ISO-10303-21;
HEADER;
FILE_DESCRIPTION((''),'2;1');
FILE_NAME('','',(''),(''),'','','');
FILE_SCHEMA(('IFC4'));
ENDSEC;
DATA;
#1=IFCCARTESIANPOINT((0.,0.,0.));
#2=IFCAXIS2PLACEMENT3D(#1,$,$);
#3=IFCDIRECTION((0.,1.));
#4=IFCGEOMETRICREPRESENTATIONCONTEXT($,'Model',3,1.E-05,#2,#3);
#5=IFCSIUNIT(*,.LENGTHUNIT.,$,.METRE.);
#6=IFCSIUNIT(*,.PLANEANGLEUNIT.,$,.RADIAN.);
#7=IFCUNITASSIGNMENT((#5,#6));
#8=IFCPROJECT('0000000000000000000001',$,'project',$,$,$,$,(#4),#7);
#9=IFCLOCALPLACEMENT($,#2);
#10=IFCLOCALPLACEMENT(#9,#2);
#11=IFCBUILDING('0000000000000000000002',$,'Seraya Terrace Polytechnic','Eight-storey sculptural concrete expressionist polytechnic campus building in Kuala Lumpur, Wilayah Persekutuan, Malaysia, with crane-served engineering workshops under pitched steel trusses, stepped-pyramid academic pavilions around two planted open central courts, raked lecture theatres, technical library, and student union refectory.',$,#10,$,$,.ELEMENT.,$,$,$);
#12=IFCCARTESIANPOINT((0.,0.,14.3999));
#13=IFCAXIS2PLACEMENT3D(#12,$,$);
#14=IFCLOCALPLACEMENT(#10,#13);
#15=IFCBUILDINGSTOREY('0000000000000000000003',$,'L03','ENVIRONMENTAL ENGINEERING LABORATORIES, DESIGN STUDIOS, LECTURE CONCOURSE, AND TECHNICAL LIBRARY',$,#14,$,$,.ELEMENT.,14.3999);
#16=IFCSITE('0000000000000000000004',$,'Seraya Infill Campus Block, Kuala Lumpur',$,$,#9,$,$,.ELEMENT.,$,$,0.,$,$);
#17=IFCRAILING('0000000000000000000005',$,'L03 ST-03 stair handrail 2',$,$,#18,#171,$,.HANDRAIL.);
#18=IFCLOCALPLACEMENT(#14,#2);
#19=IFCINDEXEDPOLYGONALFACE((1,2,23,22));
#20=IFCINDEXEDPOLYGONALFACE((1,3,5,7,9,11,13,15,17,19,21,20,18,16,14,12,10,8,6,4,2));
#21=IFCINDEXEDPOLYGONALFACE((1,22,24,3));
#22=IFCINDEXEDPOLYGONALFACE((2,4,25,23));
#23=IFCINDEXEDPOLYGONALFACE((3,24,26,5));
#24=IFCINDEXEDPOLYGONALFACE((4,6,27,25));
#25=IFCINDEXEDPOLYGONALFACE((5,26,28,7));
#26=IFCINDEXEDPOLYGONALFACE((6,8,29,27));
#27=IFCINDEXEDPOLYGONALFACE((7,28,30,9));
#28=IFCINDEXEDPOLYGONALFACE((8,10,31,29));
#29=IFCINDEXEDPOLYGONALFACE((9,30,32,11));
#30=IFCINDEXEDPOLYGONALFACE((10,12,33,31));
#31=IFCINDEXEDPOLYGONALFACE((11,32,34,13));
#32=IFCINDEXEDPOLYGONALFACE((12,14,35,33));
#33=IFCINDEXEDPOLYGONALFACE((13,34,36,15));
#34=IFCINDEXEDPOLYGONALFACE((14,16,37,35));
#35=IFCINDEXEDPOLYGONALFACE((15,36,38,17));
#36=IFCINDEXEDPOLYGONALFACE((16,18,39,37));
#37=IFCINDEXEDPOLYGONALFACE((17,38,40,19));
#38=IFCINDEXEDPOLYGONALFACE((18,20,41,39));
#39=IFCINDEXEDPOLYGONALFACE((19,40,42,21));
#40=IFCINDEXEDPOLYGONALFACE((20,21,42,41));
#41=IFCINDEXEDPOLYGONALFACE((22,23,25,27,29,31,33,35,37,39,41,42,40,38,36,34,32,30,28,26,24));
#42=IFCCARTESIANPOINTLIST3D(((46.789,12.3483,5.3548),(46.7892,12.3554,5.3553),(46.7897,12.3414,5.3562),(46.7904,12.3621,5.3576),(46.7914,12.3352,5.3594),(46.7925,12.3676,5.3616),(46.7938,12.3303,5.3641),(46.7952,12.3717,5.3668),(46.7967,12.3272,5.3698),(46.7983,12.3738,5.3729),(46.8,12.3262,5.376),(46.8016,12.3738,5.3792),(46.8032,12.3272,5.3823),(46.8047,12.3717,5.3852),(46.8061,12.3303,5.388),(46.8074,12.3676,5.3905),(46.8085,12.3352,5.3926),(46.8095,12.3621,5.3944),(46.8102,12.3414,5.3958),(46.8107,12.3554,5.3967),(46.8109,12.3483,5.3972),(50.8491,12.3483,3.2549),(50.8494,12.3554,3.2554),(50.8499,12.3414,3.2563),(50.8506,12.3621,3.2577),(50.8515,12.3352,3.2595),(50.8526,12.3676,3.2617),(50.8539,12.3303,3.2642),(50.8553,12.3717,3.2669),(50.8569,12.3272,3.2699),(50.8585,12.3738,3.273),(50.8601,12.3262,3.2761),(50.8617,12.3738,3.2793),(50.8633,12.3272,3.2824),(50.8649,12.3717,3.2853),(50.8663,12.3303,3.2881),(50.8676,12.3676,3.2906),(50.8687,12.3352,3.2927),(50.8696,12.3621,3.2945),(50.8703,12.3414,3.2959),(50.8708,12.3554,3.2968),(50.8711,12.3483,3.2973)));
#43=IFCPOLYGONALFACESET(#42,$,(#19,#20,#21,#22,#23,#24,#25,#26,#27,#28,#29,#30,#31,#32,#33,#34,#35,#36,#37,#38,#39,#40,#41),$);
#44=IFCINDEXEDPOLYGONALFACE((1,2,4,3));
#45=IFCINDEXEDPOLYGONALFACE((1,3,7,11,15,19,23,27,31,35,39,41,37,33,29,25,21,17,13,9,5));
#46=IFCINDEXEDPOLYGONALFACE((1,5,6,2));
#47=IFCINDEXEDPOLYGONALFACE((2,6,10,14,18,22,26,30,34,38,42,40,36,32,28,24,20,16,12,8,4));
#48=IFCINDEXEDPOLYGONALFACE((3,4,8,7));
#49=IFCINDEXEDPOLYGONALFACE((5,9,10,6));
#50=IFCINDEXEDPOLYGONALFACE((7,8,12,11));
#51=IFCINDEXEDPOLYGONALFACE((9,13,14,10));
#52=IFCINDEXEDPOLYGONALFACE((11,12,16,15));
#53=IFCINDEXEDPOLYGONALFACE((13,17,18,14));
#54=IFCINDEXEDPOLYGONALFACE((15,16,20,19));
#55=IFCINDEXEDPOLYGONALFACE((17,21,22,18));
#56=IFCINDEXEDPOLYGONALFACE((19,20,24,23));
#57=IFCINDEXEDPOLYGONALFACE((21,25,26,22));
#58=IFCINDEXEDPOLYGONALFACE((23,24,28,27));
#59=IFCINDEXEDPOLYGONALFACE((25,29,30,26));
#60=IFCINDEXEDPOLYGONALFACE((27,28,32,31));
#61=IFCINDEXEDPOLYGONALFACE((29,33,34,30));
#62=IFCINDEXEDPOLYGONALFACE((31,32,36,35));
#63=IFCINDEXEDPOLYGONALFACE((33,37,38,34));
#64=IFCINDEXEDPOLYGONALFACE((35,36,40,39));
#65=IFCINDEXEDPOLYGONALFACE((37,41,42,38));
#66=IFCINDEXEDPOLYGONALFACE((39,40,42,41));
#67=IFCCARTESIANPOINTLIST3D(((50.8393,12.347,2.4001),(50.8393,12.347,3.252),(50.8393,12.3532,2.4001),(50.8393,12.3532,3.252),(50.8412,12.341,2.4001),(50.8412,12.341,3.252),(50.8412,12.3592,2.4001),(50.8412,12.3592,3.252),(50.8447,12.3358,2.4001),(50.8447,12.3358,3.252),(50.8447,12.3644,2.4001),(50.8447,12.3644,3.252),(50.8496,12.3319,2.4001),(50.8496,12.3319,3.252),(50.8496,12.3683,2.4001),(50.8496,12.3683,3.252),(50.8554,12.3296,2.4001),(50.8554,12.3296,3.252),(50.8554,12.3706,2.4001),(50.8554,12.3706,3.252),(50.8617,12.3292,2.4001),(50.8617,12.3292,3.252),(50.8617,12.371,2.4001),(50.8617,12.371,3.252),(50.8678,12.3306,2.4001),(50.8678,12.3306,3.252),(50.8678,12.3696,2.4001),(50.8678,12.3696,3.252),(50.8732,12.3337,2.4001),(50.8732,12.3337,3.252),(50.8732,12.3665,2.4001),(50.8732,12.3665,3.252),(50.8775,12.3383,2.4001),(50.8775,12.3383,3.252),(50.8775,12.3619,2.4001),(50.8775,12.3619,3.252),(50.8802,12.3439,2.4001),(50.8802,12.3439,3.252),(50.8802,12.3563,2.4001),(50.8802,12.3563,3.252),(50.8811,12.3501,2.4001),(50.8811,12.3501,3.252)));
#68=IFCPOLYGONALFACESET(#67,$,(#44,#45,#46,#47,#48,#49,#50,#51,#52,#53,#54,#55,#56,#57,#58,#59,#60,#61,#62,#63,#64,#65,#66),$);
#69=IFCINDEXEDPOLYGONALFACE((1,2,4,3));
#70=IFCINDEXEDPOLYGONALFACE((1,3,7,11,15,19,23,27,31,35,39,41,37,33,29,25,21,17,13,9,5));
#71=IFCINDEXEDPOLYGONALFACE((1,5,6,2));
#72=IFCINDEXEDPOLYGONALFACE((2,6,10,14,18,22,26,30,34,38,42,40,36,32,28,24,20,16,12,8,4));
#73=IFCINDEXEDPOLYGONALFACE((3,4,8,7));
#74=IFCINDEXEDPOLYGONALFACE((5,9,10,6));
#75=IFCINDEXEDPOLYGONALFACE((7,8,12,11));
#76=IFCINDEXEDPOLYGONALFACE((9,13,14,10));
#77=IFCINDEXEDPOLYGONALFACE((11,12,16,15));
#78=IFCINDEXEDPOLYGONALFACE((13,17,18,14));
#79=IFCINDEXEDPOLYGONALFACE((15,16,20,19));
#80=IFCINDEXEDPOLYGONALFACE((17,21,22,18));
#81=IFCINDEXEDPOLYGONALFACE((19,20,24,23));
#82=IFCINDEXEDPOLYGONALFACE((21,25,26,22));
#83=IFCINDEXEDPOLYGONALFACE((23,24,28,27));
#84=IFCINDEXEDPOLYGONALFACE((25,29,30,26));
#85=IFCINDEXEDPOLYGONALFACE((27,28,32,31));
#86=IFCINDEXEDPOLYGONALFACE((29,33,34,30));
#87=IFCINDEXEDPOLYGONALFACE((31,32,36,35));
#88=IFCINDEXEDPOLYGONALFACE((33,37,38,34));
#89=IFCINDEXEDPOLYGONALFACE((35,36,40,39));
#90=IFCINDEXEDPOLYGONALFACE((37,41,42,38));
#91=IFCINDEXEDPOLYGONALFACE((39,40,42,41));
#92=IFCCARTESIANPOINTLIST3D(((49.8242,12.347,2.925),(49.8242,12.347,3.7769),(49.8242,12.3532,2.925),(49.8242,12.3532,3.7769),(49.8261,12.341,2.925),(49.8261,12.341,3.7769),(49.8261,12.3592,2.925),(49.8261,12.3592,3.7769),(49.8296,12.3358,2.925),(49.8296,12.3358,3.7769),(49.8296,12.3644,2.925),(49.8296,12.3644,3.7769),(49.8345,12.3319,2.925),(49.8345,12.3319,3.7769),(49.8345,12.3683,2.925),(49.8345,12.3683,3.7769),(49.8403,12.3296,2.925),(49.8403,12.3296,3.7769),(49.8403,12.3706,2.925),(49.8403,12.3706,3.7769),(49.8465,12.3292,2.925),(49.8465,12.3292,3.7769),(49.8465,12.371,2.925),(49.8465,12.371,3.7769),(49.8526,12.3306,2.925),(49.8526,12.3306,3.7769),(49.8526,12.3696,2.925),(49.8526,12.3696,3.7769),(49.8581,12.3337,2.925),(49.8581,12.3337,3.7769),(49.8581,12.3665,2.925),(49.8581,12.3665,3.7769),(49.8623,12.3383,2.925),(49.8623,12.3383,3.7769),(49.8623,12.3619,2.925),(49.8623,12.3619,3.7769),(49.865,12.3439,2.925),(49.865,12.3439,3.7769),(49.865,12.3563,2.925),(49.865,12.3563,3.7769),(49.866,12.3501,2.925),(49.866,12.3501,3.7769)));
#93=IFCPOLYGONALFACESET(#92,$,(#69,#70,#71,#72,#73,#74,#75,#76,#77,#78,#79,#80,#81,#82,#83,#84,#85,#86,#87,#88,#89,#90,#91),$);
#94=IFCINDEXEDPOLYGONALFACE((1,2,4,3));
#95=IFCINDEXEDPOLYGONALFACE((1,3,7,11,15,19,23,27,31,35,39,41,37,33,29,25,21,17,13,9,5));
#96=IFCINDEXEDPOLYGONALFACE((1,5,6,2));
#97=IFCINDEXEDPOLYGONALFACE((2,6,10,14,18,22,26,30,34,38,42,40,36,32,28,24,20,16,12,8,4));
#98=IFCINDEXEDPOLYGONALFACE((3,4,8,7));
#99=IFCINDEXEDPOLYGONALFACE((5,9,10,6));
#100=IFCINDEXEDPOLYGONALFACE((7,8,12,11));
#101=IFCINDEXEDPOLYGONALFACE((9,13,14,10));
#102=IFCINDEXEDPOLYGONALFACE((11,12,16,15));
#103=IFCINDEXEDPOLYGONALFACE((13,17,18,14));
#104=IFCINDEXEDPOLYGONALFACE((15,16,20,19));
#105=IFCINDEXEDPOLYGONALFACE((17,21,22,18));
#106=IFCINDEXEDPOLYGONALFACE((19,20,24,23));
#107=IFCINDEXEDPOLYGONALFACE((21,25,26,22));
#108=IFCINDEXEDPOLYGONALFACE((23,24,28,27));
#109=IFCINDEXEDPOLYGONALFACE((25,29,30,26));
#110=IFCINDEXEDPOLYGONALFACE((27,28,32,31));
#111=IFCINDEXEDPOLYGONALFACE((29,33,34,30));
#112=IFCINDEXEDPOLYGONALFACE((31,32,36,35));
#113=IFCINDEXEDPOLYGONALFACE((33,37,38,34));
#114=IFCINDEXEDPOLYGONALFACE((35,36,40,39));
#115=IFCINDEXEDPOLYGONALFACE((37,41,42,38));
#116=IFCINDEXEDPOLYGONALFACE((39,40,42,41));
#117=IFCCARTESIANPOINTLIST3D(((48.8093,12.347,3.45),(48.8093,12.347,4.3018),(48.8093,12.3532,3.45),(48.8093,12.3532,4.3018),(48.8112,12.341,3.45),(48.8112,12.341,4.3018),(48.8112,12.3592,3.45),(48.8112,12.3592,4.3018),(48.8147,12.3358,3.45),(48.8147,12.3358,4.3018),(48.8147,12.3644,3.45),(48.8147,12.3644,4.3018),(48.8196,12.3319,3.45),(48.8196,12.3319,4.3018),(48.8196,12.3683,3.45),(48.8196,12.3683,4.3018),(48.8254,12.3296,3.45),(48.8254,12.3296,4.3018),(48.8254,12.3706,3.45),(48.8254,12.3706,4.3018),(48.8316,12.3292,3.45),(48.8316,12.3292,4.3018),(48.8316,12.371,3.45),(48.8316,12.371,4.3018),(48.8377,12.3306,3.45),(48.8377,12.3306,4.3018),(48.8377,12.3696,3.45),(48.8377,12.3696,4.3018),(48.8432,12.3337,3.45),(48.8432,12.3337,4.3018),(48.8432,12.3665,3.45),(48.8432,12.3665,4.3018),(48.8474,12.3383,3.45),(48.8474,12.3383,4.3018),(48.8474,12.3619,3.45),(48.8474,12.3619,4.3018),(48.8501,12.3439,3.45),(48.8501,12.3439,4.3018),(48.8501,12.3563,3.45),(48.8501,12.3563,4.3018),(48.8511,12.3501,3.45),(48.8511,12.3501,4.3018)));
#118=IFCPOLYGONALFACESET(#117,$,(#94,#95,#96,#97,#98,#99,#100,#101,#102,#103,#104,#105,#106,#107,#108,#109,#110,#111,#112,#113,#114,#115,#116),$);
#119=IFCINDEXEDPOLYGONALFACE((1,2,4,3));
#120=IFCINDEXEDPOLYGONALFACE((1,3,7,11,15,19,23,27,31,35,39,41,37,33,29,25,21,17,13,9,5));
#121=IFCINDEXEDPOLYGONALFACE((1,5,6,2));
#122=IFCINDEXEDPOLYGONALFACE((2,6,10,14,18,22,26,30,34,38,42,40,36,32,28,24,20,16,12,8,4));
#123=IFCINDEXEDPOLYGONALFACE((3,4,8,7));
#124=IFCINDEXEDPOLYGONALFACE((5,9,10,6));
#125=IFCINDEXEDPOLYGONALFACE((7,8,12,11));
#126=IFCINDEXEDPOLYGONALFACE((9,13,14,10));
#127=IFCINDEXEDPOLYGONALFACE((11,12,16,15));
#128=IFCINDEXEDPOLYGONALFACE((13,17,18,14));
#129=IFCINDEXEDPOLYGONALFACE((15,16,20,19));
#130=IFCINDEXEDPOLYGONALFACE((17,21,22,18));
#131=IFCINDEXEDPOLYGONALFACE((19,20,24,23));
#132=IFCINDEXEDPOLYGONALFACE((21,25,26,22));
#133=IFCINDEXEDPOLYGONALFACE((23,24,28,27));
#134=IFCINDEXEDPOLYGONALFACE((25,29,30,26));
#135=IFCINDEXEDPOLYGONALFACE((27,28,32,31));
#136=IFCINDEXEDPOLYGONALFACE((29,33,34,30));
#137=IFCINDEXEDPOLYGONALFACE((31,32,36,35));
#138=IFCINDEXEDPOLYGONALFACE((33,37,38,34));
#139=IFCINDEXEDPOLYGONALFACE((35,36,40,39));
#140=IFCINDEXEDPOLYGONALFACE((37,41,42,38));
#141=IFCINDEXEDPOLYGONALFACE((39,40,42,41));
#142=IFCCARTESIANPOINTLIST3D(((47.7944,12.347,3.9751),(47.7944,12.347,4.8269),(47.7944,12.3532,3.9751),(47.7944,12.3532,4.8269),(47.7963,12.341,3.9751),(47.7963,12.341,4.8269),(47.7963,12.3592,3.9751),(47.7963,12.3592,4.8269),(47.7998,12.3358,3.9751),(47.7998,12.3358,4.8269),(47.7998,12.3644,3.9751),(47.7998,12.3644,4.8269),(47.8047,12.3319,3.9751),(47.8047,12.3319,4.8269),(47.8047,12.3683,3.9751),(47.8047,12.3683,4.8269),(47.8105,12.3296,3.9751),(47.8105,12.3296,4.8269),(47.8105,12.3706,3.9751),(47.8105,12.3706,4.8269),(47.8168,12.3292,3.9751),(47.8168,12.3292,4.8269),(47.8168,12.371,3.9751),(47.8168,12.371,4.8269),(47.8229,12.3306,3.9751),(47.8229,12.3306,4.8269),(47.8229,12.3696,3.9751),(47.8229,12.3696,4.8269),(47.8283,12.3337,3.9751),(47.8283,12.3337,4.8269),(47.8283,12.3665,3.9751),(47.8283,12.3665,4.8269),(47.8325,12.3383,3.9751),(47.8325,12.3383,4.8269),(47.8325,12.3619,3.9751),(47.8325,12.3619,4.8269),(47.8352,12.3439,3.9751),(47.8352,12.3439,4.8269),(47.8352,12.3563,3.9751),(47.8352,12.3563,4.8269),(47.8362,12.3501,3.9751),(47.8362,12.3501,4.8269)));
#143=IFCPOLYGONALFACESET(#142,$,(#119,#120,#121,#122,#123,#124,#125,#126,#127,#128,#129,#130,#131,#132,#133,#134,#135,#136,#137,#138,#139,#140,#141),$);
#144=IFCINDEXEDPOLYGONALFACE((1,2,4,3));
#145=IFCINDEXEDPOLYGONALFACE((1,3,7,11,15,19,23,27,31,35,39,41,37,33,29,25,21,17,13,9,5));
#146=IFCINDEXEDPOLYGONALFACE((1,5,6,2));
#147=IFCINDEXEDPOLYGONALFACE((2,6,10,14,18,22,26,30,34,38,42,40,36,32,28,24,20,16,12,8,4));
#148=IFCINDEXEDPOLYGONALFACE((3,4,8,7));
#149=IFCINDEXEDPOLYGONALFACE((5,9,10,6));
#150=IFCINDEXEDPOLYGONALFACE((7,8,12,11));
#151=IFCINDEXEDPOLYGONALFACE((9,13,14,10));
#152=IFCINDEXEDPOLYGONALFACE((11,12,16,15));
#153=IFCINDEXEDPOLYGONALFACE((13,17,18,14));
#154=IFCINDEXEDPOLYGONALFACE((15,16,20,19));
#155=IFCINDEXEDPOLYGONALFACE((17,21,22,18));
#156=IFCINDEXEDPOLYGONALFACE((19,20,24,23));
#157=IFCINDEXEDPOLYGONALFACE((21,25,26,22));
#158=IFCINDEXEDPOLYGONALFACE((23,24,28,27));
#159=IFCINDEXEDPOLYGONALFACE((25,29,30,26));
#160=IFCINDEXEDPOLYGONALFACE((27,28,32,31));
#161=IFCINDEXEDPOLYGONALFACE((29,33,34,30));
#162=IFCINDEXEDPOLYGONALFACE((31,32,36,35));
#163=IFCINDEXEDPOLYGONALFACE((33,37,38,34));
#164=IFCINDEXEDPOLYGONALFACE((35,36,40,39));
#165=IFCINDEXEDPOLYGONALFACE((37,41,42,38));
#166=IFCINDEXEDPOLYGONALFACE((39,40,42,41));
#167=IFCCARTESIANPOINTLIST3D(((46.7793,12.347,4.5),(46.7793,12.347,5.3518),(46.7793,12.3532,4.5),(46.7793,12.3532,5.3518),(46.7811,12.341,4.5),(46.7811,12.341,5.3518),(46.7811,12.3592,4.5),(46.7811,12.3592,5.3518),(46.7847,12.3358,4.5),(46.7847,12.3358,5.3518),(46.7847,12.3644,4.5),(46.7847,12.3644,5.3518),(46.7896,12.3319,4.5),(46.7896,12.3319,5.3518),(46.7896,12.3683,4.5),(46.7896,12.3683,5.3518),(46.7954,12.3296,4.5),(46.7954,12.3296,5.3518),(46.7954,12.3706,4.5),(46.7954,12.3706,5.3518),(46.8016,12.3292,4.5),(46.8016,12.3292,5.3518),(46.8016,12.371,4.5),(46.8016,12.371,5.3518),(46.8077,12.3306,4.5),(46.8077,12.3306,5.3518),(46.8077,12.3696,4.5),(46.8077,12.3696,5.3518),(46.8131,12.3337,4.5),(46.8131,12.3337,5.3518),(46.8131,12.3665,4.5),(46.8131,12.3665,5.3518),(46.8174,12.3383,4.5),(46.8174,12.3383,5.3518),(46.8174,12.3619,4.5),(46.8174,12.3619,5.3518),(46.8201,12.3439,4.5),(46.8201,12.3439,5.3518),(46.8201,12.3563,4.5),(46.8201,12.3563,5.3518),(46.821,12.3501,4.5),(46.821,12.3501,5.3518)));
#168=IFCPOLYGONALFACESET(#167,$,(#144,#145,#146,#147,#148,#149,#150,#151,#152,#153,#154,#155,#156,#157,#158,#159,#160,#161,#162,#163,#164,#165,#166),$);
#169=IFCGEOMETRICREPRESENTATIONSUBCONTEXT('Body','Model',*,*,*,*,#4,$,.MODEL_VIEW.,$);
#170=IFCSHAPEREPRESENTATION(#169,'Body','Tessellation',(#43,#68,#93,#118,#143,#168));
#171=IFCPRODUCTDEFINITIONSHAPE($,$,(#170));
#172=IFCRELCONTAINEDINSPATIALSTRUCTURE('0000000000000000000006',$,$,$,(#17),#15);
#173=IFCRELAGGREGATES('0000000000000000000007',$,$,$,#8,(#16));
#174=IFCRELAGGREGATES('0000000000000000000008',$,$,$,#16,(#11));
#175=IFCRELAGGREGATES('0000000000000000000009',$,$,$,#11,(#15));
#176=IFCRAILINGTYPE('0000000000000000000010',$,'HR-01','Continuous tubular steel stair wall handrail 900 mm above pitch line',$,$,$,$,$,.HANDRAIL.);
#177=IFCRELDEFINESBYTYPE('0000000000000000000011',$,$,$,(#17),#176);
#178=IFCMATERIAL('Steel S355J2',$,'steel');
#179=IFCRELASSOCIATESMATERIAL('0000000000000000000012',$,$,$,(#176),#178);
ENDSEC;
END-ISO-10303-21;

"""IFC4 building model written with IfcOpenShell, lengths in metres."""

from ifc_helpers import new_model, si_unit, direction, frame, origin, origin_2d, place, context, subcontext, project, spatial, circle, extrude, material, type_object, element, save


model = new_model("IFC4")

# Units and contexts
model_context = context("Model", 3, precision=1e-05, world=origin(), true_north=direction((0.0, 1.0)))
body_context = subcontext(model_context, "Body", "Model", "MODEL_VIEW")
ifc_project = project(units=[si_unit("LENGTHUNIT", "METRE"), si_unit("PLANEANGLEUNIT", "RADIAN")], contexts=[model_context])

# Site, building, storey
site_placement = place(None, origin())
site = spatial("IfcSite", under=ifc_project, at=site_placement, Name="Seraya Infill Campus Block, Kuala Lumpur", CompositionType="ELEMENT", RefElevation=0.0)
building_placement = place(site_placement, origin())
building = spatial("IfcBuilding", under=site, at=building_placement, Name="Seraya Terrace Polytechnic", Description="Eight-storey sculptural concrete expressionist polytechnic campus building in Kuala Lumpur, Wilayah Persekutuan, Malaysia, with crane-served engineering workshops under pitched steel trusses, stepped-pyramid academic pavilions around two planted open central courts, raked lecture theatres, technical library, and student union refectory.", CompositionType="ELEMENT")
storey_placement = place(building_placement, frame((0.0, 0.0, 14.3999)))
storey = spatial("IfcBuildingStorey", under=building, at=storey_placement, Name="L03", Description="ENVIRONMENTAL ENGINEERING LABORATORIES, DESIGN STUDIOS, LECTURE CONCOURSE, AND TECHNICAL LIBRARY", CompositionType="ELEMENT", Elevation=14.3999)

# Shared definitions
ifc_material_1 = material(Name="Steel S355J2", Category="steel")

# Railing
railing_type_1 = type_object("IfcRailingType", Name="HR-01", Description="Continuous tubular steel stair wall handrail 900 mm above pitch line", PredefinedType="HANDRAIL", material=ifc_material_1)
railing_1_placement = place(storey_placement, frame((50.8601, 12.3501, 2.4001)))
element("IfcRailing", 1, at=railing_1_placement, inside=storey, type_object=railing_type_1, Name="L03 ST-03 stair handrail 2", PredefinedType="HANDRAIL", context=body_context, shape_type="SweptSolid", body=[
    extrude(circle(Radius=0.0239, at=origin_2d()), frame((0.0, 0.0, 0.876), z_axis=(-0.888233, 0.0, 0.459392), x_axis=(0.0, -1.0, 0.0)), (0.0, 0.0, 1.0), 4.571),
    extrude(circle(Radius=0.021, at=origin_2d()), origin(), (0.0, 0.0, 1.0), 0.8518),
    extrude(circle(Radius=0.021, at=origin_2d()), frame((-1.0151, 0.0, 0.5249)), (0.0, 0.0, 1.0), 0.8518),
    extrude(circle(Radius=0.021, at=origin_2d()), frame((-2.03, 0.0, 1.0498)), (0.0, 0.0, 1.0), 0.8518),
    extrude(circle(Radius=0.021, at=origin_2d()), frame((-3.0449, 0.0, 1.575)), (0.0, 0.0, 1.0), 0.8518),
    extrude(circle(Radius=0.021, at=origin_2d()), frame((-4.0601, 0.0, 2.0999)), (0.0, 0.0, 1.0), 0.8518),
])

save(model, "model.ifc")
